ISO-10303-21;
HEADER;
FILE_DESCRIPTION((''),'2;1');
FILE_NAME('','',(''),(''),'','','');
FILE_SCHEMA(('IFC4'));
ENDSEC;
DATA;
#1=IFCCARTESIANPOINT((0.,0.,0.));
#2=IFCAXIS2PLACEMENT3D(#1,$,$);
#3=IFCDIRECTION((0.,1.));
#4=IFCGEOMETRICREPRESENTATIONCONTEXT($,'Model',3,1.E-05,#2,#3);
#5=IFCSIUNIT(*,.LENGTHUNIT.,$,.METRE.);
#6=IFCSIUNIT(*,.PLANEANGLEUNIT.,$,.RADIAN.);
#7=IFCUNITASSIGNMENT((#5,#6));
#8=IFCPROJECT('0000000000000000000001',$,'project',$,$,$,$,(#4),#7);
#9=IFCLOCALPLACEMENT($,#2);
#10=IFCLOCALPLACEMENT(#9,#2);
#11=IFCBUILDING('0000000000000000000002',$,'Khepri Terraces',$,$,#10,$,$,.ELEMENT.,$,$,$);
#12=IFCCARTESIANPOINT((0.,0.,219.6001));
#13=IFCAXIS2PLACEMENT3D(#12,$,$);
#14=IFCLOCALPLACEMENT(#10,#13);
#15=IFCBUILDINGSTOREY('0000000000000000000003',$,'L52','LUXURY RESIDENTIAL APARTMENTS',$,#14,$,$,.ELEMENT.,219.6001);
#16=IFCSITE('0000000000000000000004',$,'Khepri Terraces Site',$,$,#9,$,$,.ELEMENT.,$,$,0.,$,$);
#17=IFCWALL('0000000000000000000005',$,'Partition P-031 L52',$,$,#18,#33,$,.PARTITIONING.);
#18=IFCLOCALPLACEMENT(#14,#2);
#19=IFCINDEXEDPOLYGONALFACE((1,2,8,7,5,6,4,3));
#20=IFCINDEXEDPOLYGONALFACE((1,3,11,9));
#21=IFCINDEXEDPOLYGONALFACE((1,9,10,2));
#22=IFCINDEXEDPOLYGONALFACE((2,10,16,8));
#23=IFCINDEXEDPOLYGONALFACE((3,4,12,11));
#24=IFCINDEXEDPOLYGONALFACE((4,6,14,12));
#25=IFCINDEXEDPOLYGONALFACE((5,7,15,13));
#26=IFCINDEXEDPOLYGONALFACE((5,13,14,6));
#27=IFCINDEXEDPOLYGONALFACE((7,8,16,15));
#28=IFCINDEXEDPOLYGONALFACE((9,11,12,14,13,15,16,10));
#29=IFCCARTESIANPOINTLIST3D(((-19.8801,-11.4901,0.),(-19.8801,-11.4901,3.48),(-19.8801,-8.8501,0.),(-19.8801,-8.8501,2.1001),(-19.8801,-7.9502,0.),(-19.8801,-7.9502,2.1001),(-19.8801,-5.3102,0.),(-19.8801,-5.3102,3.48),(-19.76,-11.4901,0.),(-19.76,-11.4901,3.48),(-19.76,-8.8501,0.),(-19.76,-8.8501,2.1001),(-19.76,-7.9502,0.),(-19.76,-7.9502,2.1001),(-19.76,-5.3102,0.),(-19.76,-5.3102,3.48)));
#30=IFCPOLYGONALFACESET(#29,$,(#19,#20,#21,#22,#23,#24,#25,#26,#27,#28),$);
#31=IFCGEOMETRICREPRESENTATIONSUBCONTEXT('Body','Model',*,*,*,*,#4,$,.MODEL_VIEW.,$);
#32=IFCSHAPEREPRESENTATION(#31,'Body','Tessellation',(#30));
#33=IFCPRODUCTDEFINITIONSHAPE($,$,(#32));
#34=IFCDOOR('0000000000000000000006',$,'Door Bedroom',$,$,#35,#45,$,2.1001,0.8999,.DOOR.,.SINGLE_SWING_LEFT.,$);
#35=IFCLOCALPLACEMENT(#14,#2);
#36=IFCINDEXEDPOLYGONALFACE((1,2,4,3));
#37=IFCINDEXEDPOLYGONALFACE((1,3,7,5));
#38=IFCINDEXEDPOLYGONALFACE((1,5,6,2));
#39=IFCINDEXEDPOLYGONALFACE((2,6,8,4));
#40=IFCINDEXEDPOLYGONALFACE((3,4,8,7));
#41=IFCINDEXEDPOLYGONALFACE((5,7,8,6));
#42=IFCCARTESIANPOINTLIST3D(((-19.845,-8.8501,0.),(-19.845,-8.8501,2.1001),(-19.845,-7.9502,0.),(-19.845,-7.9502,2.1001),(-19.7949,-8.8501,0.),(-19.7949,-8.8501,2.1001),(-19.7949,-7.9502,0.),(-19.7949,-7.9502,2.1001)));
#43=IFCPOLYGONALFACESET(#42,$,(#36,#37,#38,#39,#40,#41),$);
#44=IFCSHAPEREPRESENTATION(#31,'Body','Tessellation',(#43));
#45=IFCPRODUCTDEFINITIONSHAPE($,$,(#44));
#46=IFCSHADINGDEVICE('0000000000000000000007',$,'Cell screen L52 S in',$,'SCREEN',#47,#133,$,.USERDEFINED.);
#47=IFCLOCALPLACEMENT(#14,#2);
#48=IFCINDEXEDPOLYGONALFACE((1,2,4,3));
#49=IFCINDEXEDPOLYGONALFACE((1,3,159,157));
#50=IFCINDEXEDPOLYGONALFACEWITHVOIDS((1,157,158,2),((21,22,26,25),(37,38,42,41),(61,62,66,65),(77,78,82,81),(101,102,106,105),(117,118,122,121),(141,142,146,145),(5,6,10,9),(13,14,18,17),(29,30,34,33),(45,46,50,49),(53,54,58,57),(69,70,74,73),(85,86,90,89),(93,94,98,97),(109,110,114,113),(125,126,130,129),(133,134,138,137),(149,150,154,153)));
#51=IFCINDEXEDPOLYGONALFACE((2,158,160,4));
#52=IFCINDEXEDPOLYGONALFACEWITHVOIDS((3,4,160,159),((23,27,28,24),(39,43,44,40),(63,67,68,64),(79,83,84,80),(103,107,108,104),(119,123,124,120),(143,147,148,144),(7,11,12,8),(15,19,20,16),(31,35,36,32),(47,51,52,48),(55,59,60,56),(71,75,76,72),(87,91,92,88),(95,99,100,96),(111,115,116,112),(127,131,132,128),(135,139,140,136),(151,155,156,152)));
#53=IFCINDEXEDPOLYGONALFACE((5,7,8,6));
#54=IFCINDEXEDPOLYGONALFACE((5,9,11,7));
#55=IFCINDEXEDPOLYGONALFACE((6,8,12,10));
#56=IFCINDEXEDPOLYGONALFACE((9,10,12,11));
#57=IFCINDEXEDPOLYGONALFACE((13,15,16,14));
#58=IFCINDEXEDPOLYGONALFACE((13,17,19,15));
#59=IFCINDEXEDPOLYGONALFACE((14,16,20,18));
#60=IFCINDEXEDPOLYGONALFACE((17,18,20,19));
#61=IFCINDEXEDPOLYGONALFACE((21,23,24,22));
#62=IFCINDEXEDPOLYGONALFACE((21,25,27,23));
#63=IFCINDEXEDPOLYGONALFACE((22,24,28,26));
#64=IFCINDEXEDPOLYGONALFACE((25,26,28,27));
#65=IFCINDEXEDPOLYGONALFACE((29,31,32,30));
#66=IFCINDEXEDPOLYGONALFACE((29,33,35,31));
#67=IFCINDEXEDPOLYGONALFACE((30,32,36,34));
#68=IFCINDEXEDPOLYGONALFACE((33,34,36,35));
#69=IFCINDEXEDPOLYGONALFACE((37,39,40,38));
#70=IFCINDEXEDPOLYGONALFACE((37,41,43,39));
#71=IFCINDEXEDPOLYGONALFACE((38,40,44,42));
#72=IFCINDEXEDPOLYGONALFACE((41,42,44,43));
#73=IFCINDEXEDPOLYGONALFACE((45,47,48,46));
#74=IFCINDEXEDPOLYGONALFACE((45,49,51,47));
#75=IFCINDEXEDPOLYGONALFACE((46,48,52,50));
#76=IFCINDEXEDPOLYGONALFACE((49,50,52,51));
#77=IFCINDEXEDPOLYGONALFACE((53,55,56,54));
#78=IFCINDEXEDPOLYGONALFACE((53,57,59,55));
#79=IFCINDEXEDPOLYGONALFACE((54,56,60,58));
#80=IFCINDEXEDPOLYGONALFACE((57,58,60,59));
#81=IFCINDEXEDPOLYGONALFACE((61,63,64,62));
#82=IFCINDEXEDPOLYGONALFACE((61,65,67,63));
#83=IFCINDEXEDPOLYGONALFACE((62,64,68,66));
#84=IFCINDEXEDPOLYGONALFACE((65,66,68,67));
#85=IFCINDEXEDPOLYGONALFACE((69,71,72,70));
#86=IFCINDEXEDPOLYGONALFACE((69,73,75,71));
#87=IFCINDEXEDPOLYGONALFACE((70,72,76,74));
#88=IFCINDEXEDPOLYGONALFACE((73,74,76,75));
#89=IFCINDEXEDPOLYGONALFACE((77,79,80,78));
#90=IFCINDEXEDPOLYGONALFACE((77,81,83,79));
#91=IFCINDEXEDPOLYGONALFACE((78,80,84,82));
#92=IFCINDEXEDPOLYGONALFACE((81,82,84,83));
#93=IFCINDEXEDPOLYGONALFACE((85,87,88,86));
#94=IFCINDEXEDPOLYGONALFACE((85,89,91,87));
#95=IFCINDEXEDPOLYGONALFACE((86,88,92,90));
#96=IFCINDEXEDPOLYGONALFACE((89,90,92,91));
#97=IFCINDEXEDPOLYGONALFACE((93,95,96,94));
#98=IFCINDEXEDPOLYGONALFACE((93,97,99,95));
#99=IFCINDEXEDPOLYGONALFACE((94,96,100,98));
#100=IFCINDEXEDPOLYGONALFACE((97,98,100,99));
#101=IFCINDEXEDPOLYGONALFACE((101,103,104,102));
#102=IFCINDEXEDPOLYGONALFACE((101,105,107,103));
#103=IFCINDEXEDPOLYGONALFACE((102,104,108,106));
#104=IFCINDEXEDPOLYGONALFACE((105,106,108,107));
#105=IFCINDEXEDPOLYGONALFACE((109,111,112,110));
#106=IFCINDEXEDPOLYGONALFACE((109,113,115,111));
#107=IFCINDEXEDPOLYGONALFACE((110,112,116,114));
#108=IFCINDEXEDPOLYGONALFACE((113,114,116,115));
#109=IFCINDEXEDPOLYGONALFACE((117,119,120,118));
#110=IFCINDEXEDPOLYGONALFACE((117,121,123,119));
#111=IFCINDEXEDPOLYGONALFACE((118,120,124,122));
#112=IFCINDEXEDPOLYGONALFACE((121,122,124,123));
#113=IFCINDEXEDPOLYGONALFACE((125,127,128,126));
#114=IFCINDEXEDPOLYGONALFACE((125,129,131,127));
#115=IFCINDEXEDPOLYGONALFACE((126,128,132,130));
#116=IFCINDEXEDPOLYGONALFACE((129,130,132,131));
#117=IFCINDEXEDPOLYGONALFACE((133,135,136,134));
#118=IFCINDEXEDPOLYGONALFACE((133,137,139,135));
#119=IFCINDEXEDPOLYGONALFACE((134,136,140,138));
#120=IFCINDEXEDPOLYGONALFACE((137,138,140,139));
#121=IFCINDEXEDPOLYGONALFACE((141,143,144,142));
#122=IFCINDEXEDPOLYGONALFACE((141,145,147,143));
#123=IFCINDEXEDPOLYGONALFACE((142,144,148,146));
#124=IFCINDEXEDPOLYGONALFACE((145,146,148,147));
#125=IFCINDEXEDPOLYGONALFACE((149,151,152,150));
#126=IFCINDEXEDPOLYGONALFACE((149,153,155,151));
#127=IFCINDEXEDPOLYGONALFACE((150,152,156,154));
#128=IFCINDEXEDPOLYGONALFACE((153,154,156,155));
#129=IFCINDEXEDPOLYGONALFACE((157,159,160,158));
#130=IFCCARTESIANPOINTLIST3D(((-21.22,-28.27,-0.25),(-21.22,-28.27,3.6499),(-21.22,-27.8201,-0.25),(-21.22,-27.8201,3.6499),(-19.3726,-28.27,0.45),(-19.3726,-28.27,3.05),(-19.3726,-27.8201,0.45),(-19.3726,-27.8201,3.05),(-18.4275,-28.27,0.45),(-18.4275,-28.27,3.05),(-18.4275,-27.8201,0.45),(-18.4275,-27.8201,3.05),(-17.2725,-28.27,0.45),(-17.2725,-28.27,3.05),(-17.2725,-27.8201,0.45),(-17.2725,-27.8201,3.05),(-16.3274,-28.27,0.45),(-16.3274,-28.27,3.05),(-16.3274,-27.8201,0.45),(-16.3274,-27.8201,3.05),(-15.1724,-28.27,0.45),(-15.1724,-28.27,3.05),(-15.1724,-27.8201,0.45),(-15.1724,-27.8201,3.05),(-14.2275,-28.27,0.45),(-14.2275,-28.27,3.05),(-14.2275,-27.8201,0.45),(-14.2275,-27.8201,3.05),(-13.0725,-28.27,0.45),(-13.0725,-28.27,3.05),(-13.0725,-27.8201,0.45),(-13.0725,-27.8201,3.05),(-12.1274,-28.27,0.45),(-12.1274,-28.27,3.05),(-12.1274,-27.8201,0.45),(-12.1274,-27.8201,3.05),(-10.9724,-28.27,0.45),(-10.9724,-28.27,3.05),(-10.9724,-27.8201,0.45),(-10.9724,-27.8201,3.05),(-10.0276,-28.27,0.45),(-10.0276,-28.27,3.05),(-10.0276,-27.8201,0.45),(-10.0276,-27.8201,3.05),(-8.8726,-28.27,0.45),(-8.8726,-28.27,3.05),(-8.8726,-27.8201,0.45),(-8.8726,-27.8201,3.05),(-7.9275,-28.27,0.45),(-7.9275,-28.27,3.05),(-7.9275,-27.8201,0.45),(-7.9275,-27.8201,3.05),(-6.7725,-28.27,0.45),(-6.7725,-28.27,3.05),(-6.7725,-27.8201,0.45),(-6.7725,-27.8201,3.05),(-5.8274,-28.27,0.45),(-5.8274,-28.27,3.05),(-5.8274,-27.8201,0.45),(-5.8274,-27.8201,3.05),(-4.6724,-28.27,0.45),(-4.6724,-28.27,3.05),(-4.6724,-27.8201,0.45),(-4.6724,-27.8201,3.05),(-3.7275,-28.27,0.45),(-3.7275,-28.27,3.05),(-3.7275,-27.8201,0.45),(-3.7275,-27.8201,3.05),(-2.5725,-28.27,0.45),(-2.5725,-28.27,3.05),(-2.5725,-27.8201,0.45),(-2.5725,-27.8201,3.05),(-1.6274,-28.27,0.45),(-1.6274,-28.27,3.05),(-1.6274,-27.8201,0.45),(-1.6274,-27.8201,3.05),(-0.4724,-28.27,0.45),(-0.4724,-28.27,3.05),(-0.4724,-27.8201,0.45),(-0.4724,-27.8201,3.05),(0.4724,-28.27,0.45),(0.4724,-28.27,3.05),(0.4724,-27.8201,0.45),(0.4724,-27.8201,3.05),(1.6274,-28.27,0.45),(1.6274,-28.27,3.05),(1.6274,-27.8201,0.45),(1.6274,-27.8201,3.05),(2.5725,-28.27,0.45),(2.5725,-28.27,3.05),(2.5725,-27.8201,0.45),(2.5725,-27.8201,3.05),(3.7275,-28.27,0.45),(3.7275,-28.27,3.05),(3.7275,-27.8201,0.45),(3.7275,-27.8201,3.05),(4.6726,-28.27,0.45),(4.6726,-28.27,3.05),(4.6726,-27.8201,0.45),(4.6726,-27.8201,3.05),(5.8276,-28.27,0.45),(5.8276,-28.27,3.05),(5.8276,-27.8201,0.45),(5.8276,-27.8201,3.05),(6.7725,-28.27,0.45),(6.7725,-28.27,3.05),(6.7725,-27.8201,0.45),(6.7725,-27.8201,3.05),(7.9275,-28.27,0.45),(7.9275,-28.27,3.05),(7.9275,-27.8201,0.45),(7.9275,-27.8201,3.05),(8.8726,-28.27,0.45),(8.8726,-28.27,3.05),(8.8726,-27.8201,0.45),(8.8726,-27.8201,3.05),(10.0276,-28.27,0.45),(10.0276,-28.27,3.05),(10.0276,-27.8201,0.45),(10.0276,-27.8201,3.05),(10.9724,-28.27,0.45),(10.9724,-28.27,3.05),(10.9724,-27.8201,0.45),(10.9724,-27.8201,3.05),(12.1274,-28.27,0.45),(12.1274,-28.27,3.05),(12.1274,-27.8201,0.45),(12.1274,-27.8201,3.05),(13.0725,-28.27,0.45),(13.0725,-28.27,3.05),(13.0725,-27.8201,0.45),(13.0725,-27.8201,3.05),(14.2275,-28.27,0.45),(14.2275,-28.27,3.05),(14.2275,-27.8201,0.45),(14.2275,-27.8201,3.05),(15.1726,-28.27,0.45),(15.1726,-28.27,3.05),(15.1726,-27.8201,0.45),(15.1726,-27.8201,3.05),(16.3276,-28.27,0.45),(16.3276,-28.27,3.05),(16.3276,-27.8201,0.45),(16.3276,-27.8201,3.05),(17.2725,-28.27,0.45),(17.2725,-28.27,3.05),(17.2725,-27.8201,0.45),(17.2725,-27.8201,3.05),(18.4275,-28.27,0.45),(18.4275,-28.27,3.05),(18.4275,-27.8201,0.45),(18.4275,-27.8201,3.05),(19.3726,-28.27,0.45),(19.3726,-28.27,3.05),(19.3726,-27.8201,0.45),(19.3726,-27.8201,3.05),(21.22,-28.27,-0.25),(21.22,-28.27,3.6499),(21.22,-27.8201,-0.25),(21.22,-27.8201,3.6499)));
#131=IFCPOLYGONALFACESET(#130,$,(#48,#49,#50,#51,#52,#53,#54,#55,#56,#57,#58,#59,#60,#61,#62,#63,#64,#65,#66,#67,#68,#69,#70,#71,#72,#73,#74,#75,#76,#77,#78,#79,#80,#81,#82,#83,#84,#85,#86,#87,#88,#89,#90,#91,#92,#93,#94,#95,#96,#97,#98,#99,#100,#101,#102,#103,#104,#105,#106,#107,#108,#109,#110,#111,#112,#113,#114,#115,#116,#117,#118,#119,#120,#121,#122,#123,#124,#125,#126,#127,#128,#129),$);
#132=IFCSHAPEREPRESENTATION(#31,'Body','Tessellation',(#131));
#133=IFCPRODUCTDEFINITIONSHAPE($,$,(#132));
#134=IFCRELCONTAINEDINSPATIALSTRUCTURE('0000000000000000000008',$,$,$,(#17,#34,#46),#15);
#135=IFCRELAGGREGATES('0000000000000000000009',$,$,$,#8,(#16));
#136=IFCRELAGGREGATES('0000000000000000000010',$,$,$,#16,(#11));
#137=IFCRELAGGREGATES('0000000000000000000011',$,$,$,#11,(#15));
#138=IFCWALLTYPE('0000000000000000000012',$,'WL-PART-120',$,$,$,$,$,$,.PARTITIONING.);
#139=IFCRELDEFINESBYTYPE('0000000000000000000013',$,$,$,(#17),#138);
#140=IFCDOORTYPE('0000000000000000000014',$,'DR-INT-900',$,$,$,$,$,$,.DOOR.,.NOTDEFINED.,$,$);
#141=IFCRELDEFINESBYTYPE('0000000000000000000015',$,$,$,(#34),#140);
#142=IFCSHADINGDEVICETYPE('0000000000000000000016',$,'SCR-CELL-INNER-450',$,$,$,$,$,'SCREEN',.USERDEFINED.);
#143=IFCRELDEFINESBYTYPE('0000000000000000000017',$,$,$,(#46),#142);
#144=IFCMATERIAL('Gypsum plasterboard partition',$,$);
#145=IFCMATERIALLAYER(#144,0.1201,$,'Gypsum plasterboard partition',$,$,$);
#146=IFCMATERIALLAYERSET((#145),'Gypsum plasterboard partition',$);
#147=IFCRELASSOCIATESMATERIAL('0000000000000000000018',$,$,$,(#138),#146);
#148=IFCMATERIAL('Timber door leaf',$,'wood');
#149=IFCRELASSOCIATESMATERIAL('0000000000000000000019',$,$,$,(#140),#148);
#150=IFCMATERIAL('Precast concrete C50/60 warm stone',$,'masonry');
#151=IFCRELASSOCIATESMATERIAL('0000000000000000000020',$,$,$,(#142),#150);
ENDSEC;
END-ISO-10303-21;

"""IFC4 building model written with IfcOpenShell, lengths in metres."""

from ifc_helpers import new_model, si_unit, direction, frame, frame_2d, origin, place, context, subcontext, project, spatial, polyline, rectangle, outline, extrude, material, layer, layer_set, type_object, element, fill, save


model = new_model("IFC4")

# Units and contexts
model_context = context("Model", 3, precision=1e-05, world=origin(), true_north=direction((0.0, 1.0)))
body_context = subcontext(model_context, "Body", "Model", "MODEL_VIEW")
ifc_project = project(units=[si_unit("LENGTHUNIT", "METRE"), si_unit("PLANEANGLEUNIT", "RADIAN")], contexts=[model_context])

# Site, building, storey
site_placement = place(None, origin())
site = spatial("IfcSite", under=ifc_project, at=site_placement, Name="Khepri Terraces Site", CompositionType="ELEMENT", RefElevation=0.0)
building_placement = place(site_placement, origin())
building = spatial("IfcBuilding", under=site, at=building_placement, Name="Khepri Terraces", CompositionType="ELEMENT")
storey_placement = place(building_placement, frame((0.0, 0.0, 219.6001)))
storey = spatial("IfcBuildingStorey", under=building, at=storey_placement, Name="L52", Description="LUXURY RESIDENTIAL APARTMENTS", CompositionType="ELEMENT", Elevation=219.6001)

# Shared definitions
ifc_material_1 = material(Name="Precast concrete C50/60 warm stone", Category="masonry")

# Shared definitions
ifc_material_2 = material(Name="Gypsum plasterboard partition")
ifc_layer_1 = layer(ifc_material_2, 0.1201, Name="Gypsum plasterboard partition")
ifc_layer_set_1 = layer_set([ifc_layer_1], Name="Gypsum plasterboard partition")
wall_type_1 = type_object("IfcWallType", Name="WL-PART-120", PredefinedType="PARTITIONING", material=ifc_layer_set_1)
ifc_material_3 = material(Name="Timber door leaf", Category="wood")
door_type_1 = type_object("IfcDoorType", Name="DR-INT-900", OperationType="NOTDEFINED", PredefinedType="DOOR", material=ifc_material_3)

# Wall, opening, door
wall_1_placement = place(storey_placement, frame((-19.8201, -11.49, 0.0), z_axis=(0.0, 0.0, 1.0), x_axis=(0.0, 1.0, 0.0)))
wall_1 = element("IfcWall", 1, at=wall_1_placement, inside=storey, type_object=wall_type_1, Name="Partition P-031 L52", PredefinedType="PARTITIONING", context=body_context, shape_type="SweptSolid", body=[
    extrude(rectangle(XDim=6.1799, YDim=0.1201, at=frame_2d((3.0898, 0.0))), origin(), (0.0, 0.0, 1.0), 3.48),
])
opening_1_placement = place(wall_1_placement, frame((2.6399, 0.0, 0.0)))
opening_1 = element("IfcOpeningElement", 2, at=opening_1_placement, cuts=wall_1, PredefinedType="OPENING", context=body_context, shape_type="SweptSolid", body=[
    extrude(rectangle(XDim=0.8999, YDim=2.1001, at=frame_2d((0.45, 1.05))), frame((0.0, 0.0701, 0.0), z_axis=(0.0, -1.0, 0.0), x_axis=(1.0, 0.0, 0.0)), (0.0, 0.0, 1.0), 0.1401),
])
door_1_placement = place(opening_1_placement, origin())
door_1 = element("IfcDoor", 3, at=door_1_placement, inside=storey, type_object=door_type_1, Name="Door Bedroom", OperationType="SINGLE_SWING_LEFT", OverallHeight=2.1001, OverallWidth=0.8999, PredefinedType="DOOR", context=body_context, shape_type="SweptSolid", body=[
    extrude(rectangle(XDim=0.8999, YDim=2.1001, at=frame_2d((0.45, 1.05))), frame((0.0, 0.0249, 0.0), z_axis=(0.0, -1.0, 0.0), x_axis=(1.0, 0.0, 0.0)), (0.0, 0.0, 1.0), 0.05),
])
fill(opening_1, door_1)

# Shading device
shading_device_type_1 = type_object("IfcShadingDeviceType", Name="SCR-CELL-INNER-450", ElementType="SCREEN", PredefinedType="USERDEFINED", material=ifc_material_1)
shading_device_1_placement = place(storey_placement, frame((-21.22, -27.8201, -0.25), z_axis=(0.0, -1.0, 0.0), x_axis=(1.0, 0.0, 0.0)))
element("IfcShadingDevice", 4, at=shading_device_1_placement, inside=storey, type_object=shading_device_type_1, Name="Cell screen L52 S in", ObjectType="SCREEN", PredefinedType="USERDEFINED", context=body_context, shape_type="SweptSolid", body=[
    extrude(outline(polyline([(0.0, 0.0), (42.4399, 0.0), (42.4399, 3.8999), (0.0, 3.8999), (0.0, 0.0)]), holes=[polyline([(1.8474, 0.7), (2.7925, 0.7), (2.7925, 3.3), (1.8474, 3.3), (1.8474, 0.7)]), polyline([(3.9475, 0.7), (4.8926, 0.7), (4.8926, 3.3), (3.9475, 3.3), (3.9475, 0.7)]), polyline([(6.0476, 0.7), (6.9924, 0.7), (6.9924, 3.3), (6.0476, 3.3), (6.0476, 0.7)]), polyline([(8.1475, 0.7), (9.0925, 0.7), (9.0925, 3.3), (8.1475, 3.3), (8.1475, 0.7)]), polyline([(10.2476, 0.7), (11.1924, 0.7), (11.1924, 3.3), (10.2476, 3.3), (10.2476, 0.7)]), polyline([(12.3474, 0.7), (13.2925, 0.7), (13.2925, 3.3), (12.3474, 3.3), (12.3474, 0.7)]), polyline([(14.4475, 0.7), (15.3926, 0.7), (15.3926, 3.3), (14.4475, 3.3), (14.4475, 0.7)]), polyline([(16.5476, 0.7), (17.4924, 0.7), (17.4924, 3.3), (16.5476, 3.3), (16.5476, 0.7)]), polyline([(18.6475, 0.7), (19.5925, 0.7), (19.5925, 3.3), (18.6475, 3.3), (18.6475, 0.7)]), polyline([(20.7476, 0.7), (21.6924, 0.7), (21.6924, 3.3), (20.7476, 3.3), (20.7476, 0.7)]), polyline([(22.8474, 0.7), (23.7925, 0.7), (23.7925, 3.3), (22.8474, 3.3), (22.8474, 0.7)]), polyline([(24.9475, 0.7), (25.8926, 0.7), (25.8926, 3.3), (24.9475, 3.3), (24.9475, 0.7)]), polyline([(27.0476, 0.7), (27.9924, 0.7), (27.9924, 3.3), (27.0476, 3.3), (27.0476, 0.7)]), polyline([(29.1475, 0.7), (30.0925, 0.7), (30.0925, 3.3), (29.1475, 3.3), (29.1475, 0.7)]), polyline([(31.2476, 0.7), (32.1924, 0.7), (32.1924, 3.3), (31.2476, 3.3), (31.2476, 0.7)]), polyline([(33.3474, 0.7), (34.2925, 0.7), (34.2925, 3.3), (33.3474, 3.3), (33.3474, 0.7)]), polyline([(35.4475, 0.7), (36.3926, 0.7), (36.3926, 3.3), (35.4475, 3.3), (35.4475, 0.7)]), polyline([(37.5476, 0.7), (38.4924, 0.7), (38.4924, 3.3), (37.5476, 3.3), (37.5476, 0.7)]), polyline([(39.6475, 0.7), (40.5925, 0.7), (40.5925, 3.3), (39.6475, 3.3), (39.6475, 0.7)])]), origin(), (0.0, 0.0, 1.0), 0.45),
])

save(model, "model.ifc")
